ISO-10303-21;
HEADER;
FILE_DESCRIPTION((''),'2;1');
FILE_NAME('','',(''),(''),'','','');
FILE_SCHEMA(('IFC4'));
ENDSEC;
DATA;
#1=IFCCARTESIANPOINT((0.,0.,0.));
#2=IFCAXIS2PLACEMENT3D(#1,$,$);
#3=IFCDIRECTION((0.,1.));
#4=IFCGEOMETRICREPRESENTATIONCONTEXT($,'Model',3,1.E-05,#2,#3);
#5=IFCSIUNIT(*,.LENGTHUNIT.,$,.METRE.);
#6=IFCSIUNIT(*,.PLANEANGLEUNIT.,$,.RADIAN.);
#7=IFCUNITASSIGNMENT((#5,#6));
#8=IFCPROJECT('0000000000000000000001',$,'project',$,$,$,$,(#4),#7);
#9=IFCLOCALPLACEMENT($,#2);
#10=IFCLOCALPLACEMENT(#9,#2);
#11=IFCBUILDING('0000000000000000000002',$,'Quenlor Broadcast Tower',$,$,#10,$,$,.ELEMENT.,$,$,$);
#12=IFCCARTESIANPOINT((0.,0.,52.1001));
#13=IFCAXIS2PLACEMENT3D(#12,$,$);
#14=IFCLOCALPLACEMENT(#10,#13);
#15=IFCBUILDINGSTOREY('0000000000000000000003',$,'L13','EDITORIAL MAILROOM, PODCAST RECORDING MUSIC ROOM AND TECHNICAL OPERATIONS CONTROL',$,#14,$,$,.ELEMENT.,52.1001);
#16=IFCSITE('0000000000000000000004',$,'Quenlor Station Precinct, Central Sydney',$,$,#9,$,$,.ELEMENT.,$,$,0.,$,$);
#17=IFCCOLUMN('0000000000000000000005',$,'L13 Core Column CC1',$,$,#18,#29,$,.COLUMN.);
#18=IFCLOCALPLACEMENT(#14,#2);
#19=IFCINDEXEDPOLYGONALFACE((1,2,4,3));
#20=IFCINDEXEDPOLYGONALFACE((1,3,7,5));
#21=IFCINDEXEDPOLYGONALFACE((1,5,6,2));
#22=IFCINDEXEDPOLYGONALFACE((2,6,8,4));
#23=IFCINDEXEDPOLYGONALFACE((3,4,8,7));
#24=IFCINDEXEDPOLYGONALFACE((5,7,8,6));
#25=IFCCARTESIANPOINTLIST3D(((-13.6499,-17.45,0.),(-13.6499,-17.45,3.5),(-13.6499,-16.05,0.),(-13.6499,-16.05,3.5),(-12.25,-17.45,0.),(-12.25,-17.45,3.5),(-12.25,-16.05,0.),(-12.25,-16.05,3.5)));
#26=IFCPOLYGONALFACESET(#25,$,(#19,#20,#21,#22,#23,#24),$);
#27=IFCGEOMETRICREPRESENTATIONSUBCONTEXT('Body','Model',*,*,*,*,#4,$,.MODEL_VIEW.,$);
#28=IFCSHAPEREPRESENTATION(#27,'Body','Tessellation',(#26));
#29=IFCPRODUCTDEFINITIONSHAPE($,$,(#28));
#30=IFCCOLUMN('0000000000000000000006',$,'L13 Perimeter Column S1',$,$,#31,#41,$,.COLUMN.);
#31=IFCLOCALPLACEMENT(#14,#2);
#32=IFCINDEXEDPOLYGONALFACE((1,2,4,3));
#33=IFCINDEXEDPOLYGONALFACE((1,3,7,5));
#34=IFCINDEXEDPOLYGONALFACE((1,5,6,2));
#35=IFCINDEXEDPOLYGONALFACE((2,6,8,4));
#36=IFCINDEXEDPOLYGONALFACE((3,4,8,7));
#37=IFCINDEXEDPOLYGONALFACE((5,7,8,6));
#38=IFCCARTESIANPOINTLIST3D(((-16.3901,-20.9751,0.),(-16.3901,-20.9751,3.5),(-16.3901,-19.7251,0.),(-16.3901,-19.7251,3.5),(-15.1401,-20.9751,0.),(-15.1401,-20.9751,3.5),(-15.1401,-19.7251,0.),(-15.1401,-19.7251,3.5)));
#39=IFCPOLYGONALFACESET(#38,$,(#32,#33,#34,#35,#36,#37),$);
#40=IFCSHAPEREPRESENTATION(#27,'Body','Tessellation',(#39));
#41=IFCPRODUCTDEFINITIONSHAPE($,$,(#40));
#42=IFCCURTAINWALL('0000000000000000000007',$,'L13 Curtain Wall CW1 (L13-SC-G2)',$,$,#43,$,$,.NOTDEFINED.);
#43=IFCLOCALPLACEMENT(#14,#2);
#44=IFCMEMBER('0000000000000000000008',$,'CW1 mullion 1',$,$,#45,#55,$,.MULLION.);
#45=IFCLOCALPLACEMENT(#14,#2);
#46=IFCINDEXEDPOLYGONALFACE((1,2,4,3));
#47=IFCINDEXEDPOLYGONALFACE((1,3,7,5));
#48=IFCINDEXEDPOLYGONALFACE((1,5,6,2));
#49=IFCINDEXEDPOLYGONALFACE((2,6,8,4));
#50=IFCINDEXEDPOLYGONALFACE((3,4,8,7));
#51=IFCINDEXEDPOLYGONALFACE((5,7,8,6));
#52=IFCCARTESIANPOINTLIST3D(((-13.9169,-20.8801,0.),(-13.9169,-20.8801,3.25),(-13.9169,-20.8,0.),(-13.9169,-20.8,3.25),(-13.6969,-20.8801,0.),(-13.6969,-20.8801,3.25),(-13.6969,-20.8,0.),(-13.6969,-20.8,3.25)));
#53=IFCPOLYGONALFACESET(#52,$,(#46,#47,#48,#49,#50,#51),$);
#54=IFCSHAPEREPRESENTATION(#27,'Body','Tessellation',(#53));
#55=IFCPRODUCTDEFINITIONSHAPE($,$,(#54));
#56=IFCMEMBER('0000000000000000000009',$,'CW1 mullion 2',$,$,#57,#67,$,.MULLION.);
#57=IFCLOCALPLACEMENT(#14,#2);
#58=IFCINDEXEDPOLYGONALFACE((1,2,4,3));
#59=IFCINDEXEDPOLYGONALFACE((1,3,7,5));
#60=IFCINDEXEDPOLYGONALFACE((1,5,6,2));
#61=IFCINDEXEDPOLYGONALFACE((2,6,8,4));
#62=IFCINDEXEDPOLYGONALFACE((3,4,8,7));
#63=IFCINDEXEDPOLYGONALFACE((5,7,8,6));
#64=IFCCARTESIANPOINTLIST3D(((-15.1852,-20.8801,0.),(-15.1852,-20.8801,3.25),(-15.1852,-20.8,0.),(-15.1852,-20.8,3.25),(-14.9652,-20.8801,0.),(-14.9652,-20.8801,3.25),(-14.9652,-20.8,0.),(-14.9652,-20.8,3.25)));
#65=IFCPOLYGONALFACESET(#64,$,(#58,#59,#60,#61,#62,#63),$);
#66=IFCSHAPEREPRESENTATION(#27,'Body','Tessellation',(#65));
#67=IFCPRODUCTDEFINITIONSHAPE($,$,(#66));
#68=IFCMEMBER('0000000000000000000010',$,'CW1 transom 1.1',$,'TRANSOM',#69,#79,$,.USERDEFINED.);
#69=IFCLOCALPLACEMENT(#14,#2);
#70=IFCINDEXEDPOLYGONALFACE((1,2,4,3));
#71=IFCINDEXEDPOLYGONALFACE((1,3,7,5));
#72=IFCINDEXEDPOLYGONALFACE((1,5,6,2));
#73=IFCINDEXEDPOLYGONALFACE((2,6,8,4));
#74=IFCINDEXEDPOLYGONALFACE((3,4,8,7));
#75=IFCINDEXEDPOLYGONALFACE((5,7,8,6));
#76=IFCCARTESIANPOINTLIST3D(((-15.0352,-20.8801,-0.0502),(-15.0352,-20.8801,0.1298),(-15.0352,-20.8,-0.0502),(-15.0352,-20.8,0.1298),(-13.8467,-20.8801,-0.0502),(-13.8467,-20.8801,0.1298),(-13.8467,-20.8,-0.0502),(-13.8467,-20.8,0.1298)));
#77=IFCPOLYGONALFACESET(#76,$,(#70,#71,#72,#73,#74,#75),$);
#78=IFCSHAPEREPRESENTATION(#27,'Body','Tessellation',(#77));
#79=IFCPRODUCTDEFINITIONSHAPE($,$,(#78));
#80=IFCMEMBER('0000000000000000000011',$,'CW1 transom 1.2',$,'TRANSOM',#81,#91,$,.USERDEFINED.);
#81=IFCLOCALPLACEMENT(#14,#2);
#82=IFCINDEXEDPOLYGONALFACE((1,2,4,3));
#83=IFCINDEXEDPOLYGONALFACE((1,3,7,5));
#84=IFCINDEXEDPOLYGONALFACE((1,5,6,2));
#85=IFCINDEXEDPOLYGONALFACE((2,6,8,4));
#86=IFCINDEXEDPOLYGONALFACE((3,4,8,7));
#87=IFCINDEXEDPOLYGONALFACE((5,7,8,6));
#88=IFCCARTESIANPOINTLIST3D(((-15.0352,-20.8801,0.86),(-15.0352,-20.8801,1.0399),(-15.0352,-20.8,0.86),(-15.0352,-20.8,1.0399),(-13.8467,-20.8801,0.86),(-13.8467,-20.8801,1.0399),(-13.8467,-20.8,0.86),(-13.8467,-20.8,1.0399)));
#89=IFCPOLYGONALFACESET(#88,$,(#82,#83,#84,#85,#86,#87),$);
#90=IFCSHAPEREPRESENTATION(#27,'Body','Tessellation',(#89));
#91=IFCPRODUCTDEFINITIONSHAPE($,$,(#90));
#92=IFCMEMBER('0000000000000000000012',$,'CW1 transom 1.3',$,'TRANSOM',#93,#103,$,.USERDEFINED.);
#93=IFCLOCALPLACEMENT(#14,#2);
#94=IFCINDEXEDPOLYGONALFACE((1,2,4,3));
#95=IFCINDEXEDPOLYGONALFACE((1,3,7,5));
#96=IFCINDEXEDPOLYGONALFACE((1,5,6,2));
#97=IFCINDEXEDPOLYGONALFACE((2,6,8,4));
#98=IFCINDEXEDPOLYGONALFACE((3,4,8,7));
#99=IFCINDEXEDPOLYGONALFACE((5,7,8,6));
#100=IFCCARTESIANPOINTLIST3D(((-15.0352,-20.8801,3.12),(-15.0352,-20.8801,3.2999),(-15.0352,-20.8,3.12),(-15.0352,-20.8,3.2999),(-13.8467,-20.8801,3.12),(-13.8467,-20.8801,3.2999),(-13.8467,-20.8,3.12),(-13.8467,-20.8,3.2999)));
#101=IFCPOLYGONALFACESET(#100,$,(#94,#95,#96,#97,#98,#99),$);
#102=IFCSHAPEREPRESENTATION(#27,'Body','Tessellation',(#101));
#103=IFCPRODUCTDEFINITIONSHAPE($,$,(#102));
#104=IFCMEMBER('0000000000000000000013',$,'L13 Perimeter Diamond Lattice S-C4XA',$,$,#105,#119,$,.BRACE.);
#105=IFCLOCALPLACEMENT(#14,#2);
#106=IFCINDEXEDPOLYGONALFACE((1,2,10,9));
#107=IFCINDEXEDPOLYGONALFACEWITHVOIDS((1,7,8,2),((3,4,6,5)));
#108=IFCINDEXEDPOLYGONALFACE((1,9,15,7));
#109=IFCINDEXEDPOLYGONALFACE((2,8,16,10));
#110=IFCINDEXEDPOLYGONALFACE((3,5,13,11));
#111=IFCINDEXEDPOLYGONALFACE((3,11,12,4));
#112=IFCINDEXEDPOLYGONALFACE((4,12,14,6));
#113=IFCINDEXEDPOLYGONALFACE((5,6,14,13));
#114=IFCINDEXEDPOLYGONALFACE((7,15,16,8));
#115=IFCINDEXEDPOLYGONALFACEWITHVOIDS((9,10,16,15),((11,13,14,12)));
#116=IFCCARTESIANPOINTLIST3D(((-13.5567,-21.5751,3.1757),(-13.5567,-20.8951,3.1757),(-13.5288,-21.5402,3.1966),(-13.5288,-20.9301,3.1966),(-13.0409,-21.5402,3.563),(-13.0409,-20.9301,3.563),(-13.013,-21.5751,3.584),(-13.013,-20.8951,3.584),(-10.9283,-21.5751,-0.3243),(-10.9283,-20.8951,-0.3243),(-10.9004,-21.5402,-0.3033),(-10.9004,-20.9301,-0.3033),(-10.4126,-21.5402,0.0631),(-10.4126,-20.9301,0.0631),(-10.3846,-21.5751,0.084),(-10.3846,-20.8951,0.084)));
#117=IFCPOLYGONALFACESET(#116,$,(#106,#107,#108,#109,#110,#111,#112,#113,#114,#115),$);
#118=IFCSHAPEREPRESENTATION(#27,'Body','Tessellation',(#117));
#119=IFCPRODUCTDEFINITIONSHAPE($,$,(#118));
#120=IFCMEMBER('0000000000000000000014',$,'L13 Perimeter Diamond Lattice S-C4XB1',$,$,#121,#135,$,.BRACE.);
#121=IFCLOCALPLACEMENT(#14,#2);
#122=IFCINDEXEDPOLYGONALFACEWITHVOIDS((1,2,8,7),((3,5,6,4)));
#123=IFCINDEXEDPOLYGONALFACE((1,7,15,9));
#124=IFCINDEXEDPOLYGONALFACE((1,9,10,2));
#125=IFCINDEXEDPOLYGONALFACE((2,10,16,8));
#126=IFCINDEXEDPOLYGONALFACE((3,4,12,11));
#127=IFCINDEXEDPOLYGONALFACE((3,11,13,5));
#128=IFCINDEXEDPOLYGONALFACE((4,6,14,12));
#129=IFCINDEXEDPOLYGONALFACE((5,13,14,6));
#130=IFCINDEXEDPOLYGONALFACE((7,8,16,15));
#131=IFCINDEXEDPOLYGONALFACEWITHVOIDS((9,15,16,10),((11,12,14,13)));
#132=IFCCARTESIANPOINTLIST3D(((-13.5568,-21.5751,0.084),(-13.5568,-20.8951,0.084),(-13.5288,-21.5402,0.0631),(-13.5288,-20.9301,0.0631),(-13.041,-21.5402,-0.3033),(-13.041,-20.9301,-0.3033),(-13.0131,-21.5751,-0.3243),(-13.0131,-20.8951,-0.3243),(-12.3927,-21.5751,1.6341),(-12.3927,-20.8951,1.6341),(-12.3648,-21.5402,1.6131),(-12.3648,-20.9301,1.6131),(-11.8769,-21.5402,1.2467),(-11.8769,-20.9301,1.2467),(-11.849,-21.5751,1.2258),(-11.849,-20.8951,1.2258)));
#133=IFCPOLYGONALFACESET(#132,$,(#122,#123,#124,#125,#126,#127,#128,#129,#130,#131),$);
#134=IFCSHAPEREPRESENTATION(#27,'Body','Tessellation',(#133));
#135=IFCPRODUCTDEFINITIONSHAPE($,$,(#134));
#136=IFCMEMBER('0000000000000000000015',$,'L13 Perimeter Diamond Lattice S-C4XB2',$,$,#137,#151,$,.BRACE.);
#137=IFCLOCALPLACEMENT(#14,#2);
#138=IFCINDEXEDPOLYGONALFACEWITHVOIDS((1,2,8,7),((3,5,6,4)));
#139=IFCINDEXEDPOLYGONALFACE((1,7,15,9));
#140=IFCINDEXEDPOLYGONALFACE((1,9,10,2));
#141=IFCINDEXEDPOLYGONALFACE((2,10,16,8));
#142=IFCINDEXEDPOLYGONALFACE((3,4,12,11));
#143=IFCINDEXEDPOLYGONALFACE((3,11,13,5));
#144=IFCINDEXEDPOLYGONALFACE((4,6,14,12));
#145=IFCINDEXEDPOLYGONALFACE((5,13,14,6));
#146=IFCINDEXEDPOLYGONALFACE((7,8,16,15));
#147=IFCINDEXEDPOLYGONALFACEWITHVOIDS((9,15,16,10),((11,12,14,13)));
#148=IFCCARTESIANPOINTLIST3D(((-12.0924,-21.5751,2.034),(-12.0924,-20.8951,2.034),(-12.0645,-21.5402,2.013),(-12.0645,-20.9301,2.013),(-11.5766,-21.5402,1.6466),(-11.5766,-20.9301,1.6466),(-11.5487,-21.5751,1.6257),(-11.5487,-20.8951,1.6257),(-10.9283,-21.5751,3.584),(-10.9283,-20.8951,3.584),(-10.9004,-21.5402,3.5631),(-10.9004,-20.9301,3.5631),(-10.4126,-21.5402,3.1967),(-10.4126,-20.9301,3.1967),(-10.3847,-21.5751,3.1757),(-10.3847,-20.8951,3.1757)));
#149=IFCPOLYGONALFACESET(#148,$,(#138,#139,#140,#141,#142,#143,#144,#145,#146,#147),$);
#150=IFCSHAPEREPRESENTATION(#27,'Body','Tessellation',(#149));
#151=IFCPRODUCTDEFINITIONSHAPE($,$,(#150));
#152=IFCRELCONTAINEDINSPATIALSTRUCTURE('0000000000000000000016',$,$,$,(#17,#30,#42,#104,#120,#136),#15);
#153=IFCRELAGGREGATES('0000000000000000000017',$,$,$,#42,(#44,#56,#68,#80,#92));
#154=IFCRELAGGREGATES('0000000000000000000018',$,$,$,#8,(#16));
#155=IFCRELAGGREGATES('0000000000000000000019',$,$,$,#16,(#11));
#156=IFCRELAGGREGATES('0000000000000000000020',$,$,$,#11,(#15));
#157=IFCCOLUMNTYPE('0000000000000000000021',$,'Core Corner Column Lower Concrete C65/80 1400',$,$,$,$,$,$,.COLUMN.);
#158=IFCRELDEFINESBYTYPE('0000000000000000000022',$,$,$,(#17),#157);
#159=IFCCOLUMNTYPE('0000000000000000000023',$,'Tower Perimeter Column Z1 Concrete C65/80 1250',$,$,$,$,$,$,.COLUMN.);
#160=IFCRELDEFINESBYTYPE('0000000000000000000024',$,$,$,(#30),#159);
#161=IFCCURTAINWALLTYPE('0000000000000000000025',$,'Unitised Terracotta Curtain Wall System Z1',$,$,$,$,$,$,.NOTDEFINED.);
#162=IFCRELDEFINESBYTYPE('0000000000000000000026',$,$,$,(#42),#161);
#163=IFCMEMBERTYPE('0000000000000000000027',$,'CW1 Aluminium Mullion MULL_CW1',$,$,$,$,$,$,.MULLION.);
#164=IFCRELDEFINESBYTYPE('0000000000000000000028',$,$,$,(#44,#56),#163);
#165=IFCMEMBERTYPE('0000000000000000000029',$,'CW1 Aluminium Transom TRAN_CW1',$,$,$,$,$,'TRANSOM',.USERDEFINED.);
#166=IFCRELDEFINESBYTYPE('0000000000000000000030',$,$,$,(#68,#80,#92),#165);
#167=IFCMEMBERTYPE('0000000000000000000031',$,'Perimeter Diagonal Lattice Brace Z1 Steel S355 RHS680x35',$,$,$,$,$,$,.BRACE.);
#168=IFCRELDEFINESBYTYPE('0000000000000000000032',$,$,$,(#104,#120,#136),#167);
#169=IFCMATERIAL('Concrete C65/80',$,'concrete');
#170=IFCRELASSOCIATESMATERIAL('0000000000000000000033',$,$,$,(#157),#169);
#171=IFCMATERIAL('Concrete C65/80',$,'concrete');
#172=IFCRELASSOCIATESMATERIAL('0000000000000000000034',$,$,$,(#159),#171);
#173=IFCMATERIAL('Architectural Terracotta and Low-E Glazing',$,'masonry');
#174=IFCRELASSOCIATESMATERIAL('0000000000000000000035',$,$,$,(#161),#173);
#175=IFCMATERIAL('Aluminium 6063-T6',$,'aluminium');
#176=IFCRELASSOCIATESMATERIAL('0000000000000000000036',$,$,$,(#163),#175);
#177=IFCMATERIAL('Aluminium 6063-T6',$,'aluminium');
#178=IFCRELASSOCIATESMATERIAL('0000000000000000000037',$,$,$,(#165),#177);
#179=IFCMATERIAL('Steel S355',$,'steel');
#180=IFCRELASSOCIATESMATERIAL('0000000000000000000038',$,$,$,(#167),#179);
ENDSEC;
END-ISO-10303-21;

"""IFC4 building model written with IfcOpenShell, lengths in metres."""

from ifc_helpers import new_model, si_unit, direction, frame, origin, origin_2d, place, context, subcontext, project, spatial, rectangle, hollow_rectangle, extrude, material, material_profile, profile_set, type_object, element, aggregate, save


model = new_model("IFC4")

# Units and contexts
model_context = context("Model", 3, precision=1e-05, world=origin(), true_north=direction((0.0, 1.0)))
body_context = subcontext(model_context, "Body", "Model", "MODEL_VIEW")
ifc_project = project(units=[si_unit("LENGTHUNIT", "METRE"), si_unit("PLANEANGLEUNIT", "RADIAN")], contexts=[model_context])

# Site, building, storey
site_placement = place(None, origin())
site = spatial("IfcSite", under=ifc_project, at=site_placement, Name="Quenlor Station Precinct, Central Sydney", CompositionType="ELEMENT", RefElevation=0.0)
building_placement = place(site_placement, origin())
building = spatial("IfcBuilding", under=site, at=building_placement, Name="Quenlor Broadcast Tower", CompositionType="ELEMENT")
storey_placement = place(building_placement, frame((0.0, 0.0, 52.1001)))
storey = spatial("IfcBuildingStorey", under=building, at=storey_placement, Name="L13", Description="EDITORIAL MAILROOM, PODCAST RECORDING MUSIC ROOM AND TECHNICAL OPERATIONS CONTROL", CompositionType="ELEMENT", Elevation=52.1001)

# Columns
ifc_material_1 = material(Name="Concrete C65/80", Category="concrete")
ifc_material_profile_1 = material_profile(ifc_material_1, rectangle(XDim=1.3999, YDim=1.3999, at=origin_2d()))
ifc_profile_set_1 = profile_set([ifc_material_profile_1], Name="Concrete C65/80 RC1400x1400")
column_type_1 = type_object("IfcColumnType", Name="Core Corner Column Lower Concrete C65/80 1400", PredefinedType="COLUMN", material=ifc_profile_set_1)
column_1_placement = place(storey_placement, frame((-12.95, -16.75, 0.0), z_axis=(0.0, 0.0, 1.0), x_axis=(1.0, 0.0, 0.0)))
element("IfcColumn", 1, at=column_1_placement, inside=storey, type_object=column_type_1, Name="L13 Core Column CC1", PredefinedType="COLUMN", context=body_context, shape_type="SweptSolid", body=[
    extrude(rectangle(XDim=1.3999, YDim=1.3999, at=origin_2d()), origin(), (0.0, 0.0, 1.0), 3.5),
])
ifc_material_2 = material(Name="Concrete C65/80", Category="concrete")
ifc_material_profile_2 = material_profile(ifc_material_2, rectangle(XDim=1.25, YDim=1.25, at=origin_2d()))
ifc_profile_set_2 = profile_set([ifc_material_profile_2], Name="Concrete C65/80 RC1250x1250")
column_type_2 = type_object("IfcColumnType", Name="Tower Perimeter Column Z1 Concrete C65/80 1250", PredefinedType="COLUMN", material=ifc_profile_set_2)
column_2_placement = place(storey_placement, frame((-15.7651, -20.3501, 0.0), z_axis=(0.0, 0.0, 1.0), x_axis=(0.0, 1.0, 0.0)))
element("IfcColumn", 2, at=column_2_placement, inside=storey, type_object=column_type_2, Name="L13 Perimeter Column S1", PredefinedType="COLUMN", context=body_context, shape_type="SweptSolid", body=[
    extrude(rectangle(XDim=1.25, YDim=1.25, at=origin_2d()), origin(), (0.0, 0.0, 1.0), 3.5),
])

# Curtain wall, members
ifc_material_3 = material(Name="Architectural Terracotta and Low-E Glazing", Category="masonry")
curtain_wall_type = type_object("IfcCurtainWallType", Name="Unitised Terracotta Curtain Wall System Z1", PredefinedType="NOTDEFINED", material=ifc_material_3)
curtain_wall_placement = place(storey_placement, origin())
curtain_wall = element("IfcCurtainWall", 3, at=curtain_wall_placement, inside=storey, type_object=curtain_wall_type, Name="L13 Curtain Wall CW1 (L13-SC-G2)", PredefinedType="NOTDEFINED")
ifc_material_4 = material(Name="Aluminium 6063-T6", Category="aluminium")
ifc_material_profile_3 = material_profile(ifc_material_4, rectangle(XDim=0.0801, YDim=0.22, at=origin_2d()))
ifc_profile_set_3 = profile_set([ifc_material_profile_3], Name="Aluminium 6063-T6 MULL80x220")
member_type_1 = type_object("IfcMemberType", Name="CW1 Aluminium Mullion MULL_CW1", PredefinedType="MULLION", material=ifc_profile_set_3)
member_1_placement = place(storey_placement, frame((-13.8069, -20.8401, 0.0), z_axis=(0.0, 0.0, 1.0), x_axis=(0.0, -1.0, 0.0)))
member_1 = element("IfcMember", 4, at=member_1_placement, type_object=member_type_1, Name="CW1 mullion 1", PredefinedType="MULLION", context=body_context, shape_type="SweptSolid", body=[
    extrude(rectangle(XDim=0.0801, YDim=0.22, at=origin_2d()), origin(), (0.0, 0.0, 1.0), 3.25),
])
member_2_placement = place(storey_placement, frame((-15.0752, -20.8401, 0.0), z_axis=(0.0, 0.0, 1.0), x_axis=(0.0, -1.0, 0.0)))
member_2 = element("IfcMember", 5, at=member_2_placement, type_object=member_type_1, Name="CW1 mullion 2", PredefinedType="MULLION", context=body_context, shape_type="SweptSolid", body=[
    extrude(rectangle(XDim=0.0801, YDim=0.22, at=origin_2d()), origin(), (0.0, 0.0, 1.0), 3.25),
])
ifc_material_5 = material(Name="Aluminium 6063-T6", Category="aluminium")
ifc_material_profile_4 = material_profile(ifc_material_5, rectangle(XDim=0.0801, YDim=0.1799, at=origin_2d()))
ifc_profile_set_4 = profile_set([ifc_material_profile_4], Name="Aluminium 6063-T6 TRAN80x180")
member_type_2 = type_object("IfcMemberType", Name="CW1 Aluminium Transom TRAN_CW1", ElementType="TRANSOM", PredefinedType="USERDEFINED", material=ifc_profile_set_4)
member_3_placement = place(storey_placement, frame((-13.8467, -20.8401, 0.0398), z_axis=(-1.0, 0.0, 0.0), x_axis=(0.0, -1.0, 0.0)))
member_3 = element("IfcMember", 6, at=member_3_placement, type_object=member_type_2, Name="CW1 transom 1.1", ObjectType="TRANSOM", PredefinedType="USERDEFINED", context=body_context, shape_type="SweptSolid", body=[
    extrude(rectangle(XDim=0.0801, YDim=0.1799, at=origin_2d()), origin(), (0.0, 0.0, 1.0), 1.1885),
])
member_4_placement = place(storey_placement, frame((-13.8467, -20.8401, 0.95), z_axis=(-1.0, 0.0, 0.0), x_axis=(0.0, -1.0, 0.0)))
member_4 = element("IfcMember", 7, at=member_4_placement, type_object=member_type_2, Name="CW1 transom 1.2", ObjectType="TRANSOM", PredefinedType="USERDEFINED", context=body_context, shape_type="SweptSolid", body=[
    extrude(rectangle(XDim=0.0801, YDim=0.1799, at=origin_2d()), origin(), (0.0, 0.0, 1.0), 1.1885),
])
member_5_placement = place(storey_placement, frame((-13.8467, -20.8401, 3.21), z_axis=(-1.0, 0.0, 0.0), x_axis=(0.0, -1.0, 0.0)))
member_5 = element("IfcMember", 8, at=member_5_placement, type_object=member_type_2, Name="CW1 transom 1.3", ObjectType="TRANSOM", PredefinedType="USERDEFINED", context=body_context, shape_type="SweptSolid", body=[
    extrude(rectangle(XDim=0.0801, YDim=0.1799, at=origin_2d()), origin(), (0.0, 0.0, 1.0), 1.1885),
])

# Members
ifc_material_6 = material(Name="Steel S355", Category="steel")
ifc_material_profile_5 = material_profile(ifc_material_6, hollow_rectangle(XDim=0.6799, YDim=0.6799, WallThickness=0.0349, at=origin_2d()))
ifc_profile_set_5 = profile_set([ifc_material_profile_5], Name="Steel S355 RHS680x680x35")
member_type_3 = type_object("IfcMemberType", Name="Perimeter Diagonal Lattice Brace Z1 Steel S355 RHS680x35", PredefinedType="BRACE", material=ifc_profile_set_5)
member_6_placement = place(storey_placement, frame((-10.6565, -21.2351, -0.1201), z_axis=(-0.6005, 0.0, 0.799625), x_axis=(0.0, -1.0, 0.0)))
element("IfcMember", 9, at=member_6_placement, inside=storey, type_object=member_type_3, Name="L13 Perimeter Diamond Lattice S-C4XA", PredefinedType="BRACE", context=body_context, shape_type="SweptSolid", body=[
    extrude(hollow_rectangle(XDim=0.6799, YDim=0.6799, WallThickness=0.0349, at=origin_2d()), origin(), (0.0, 0.0, 1.0), 4.377),
])
for number, where, z_axis, x_axis, name in (
    (10, (-13.2849, -21.2351, -0.1201), (0.600504, 0.0, 0.799622), (0.0, 1.0, 0.0), "L13 Perimeter Diamond Lattice S-C4XB1"),
    (11, (-11.8206, -21.2351, 1.8298), (0.600504, 0.0, 0.799622), (0.0, 1.0, 0.0), "L13 Perimeter Diamond Lattice S-C4XB2"),
):
    element("IfcMember", number, at=place(storey_placement, frame(where, z_axis=z_axis, x_axis=x_axis)), inside=storey, type_object=member_type_3, Name=name, PredefinedType="BRACE", context=body_context, shape_type="SweptSolid", body=[
        extrude(hollow_rectangle(XDim=0.6799, YDim=0.6799, WallThickness=0.0349, at=origin_2d()), origin(), (0.0, 0.0, 1.0), 1.9385),
    ])

aggregate(curtain_wall, [member_1, member_2, member_3, member_4, member_5])

save(model, "model.ifc")
